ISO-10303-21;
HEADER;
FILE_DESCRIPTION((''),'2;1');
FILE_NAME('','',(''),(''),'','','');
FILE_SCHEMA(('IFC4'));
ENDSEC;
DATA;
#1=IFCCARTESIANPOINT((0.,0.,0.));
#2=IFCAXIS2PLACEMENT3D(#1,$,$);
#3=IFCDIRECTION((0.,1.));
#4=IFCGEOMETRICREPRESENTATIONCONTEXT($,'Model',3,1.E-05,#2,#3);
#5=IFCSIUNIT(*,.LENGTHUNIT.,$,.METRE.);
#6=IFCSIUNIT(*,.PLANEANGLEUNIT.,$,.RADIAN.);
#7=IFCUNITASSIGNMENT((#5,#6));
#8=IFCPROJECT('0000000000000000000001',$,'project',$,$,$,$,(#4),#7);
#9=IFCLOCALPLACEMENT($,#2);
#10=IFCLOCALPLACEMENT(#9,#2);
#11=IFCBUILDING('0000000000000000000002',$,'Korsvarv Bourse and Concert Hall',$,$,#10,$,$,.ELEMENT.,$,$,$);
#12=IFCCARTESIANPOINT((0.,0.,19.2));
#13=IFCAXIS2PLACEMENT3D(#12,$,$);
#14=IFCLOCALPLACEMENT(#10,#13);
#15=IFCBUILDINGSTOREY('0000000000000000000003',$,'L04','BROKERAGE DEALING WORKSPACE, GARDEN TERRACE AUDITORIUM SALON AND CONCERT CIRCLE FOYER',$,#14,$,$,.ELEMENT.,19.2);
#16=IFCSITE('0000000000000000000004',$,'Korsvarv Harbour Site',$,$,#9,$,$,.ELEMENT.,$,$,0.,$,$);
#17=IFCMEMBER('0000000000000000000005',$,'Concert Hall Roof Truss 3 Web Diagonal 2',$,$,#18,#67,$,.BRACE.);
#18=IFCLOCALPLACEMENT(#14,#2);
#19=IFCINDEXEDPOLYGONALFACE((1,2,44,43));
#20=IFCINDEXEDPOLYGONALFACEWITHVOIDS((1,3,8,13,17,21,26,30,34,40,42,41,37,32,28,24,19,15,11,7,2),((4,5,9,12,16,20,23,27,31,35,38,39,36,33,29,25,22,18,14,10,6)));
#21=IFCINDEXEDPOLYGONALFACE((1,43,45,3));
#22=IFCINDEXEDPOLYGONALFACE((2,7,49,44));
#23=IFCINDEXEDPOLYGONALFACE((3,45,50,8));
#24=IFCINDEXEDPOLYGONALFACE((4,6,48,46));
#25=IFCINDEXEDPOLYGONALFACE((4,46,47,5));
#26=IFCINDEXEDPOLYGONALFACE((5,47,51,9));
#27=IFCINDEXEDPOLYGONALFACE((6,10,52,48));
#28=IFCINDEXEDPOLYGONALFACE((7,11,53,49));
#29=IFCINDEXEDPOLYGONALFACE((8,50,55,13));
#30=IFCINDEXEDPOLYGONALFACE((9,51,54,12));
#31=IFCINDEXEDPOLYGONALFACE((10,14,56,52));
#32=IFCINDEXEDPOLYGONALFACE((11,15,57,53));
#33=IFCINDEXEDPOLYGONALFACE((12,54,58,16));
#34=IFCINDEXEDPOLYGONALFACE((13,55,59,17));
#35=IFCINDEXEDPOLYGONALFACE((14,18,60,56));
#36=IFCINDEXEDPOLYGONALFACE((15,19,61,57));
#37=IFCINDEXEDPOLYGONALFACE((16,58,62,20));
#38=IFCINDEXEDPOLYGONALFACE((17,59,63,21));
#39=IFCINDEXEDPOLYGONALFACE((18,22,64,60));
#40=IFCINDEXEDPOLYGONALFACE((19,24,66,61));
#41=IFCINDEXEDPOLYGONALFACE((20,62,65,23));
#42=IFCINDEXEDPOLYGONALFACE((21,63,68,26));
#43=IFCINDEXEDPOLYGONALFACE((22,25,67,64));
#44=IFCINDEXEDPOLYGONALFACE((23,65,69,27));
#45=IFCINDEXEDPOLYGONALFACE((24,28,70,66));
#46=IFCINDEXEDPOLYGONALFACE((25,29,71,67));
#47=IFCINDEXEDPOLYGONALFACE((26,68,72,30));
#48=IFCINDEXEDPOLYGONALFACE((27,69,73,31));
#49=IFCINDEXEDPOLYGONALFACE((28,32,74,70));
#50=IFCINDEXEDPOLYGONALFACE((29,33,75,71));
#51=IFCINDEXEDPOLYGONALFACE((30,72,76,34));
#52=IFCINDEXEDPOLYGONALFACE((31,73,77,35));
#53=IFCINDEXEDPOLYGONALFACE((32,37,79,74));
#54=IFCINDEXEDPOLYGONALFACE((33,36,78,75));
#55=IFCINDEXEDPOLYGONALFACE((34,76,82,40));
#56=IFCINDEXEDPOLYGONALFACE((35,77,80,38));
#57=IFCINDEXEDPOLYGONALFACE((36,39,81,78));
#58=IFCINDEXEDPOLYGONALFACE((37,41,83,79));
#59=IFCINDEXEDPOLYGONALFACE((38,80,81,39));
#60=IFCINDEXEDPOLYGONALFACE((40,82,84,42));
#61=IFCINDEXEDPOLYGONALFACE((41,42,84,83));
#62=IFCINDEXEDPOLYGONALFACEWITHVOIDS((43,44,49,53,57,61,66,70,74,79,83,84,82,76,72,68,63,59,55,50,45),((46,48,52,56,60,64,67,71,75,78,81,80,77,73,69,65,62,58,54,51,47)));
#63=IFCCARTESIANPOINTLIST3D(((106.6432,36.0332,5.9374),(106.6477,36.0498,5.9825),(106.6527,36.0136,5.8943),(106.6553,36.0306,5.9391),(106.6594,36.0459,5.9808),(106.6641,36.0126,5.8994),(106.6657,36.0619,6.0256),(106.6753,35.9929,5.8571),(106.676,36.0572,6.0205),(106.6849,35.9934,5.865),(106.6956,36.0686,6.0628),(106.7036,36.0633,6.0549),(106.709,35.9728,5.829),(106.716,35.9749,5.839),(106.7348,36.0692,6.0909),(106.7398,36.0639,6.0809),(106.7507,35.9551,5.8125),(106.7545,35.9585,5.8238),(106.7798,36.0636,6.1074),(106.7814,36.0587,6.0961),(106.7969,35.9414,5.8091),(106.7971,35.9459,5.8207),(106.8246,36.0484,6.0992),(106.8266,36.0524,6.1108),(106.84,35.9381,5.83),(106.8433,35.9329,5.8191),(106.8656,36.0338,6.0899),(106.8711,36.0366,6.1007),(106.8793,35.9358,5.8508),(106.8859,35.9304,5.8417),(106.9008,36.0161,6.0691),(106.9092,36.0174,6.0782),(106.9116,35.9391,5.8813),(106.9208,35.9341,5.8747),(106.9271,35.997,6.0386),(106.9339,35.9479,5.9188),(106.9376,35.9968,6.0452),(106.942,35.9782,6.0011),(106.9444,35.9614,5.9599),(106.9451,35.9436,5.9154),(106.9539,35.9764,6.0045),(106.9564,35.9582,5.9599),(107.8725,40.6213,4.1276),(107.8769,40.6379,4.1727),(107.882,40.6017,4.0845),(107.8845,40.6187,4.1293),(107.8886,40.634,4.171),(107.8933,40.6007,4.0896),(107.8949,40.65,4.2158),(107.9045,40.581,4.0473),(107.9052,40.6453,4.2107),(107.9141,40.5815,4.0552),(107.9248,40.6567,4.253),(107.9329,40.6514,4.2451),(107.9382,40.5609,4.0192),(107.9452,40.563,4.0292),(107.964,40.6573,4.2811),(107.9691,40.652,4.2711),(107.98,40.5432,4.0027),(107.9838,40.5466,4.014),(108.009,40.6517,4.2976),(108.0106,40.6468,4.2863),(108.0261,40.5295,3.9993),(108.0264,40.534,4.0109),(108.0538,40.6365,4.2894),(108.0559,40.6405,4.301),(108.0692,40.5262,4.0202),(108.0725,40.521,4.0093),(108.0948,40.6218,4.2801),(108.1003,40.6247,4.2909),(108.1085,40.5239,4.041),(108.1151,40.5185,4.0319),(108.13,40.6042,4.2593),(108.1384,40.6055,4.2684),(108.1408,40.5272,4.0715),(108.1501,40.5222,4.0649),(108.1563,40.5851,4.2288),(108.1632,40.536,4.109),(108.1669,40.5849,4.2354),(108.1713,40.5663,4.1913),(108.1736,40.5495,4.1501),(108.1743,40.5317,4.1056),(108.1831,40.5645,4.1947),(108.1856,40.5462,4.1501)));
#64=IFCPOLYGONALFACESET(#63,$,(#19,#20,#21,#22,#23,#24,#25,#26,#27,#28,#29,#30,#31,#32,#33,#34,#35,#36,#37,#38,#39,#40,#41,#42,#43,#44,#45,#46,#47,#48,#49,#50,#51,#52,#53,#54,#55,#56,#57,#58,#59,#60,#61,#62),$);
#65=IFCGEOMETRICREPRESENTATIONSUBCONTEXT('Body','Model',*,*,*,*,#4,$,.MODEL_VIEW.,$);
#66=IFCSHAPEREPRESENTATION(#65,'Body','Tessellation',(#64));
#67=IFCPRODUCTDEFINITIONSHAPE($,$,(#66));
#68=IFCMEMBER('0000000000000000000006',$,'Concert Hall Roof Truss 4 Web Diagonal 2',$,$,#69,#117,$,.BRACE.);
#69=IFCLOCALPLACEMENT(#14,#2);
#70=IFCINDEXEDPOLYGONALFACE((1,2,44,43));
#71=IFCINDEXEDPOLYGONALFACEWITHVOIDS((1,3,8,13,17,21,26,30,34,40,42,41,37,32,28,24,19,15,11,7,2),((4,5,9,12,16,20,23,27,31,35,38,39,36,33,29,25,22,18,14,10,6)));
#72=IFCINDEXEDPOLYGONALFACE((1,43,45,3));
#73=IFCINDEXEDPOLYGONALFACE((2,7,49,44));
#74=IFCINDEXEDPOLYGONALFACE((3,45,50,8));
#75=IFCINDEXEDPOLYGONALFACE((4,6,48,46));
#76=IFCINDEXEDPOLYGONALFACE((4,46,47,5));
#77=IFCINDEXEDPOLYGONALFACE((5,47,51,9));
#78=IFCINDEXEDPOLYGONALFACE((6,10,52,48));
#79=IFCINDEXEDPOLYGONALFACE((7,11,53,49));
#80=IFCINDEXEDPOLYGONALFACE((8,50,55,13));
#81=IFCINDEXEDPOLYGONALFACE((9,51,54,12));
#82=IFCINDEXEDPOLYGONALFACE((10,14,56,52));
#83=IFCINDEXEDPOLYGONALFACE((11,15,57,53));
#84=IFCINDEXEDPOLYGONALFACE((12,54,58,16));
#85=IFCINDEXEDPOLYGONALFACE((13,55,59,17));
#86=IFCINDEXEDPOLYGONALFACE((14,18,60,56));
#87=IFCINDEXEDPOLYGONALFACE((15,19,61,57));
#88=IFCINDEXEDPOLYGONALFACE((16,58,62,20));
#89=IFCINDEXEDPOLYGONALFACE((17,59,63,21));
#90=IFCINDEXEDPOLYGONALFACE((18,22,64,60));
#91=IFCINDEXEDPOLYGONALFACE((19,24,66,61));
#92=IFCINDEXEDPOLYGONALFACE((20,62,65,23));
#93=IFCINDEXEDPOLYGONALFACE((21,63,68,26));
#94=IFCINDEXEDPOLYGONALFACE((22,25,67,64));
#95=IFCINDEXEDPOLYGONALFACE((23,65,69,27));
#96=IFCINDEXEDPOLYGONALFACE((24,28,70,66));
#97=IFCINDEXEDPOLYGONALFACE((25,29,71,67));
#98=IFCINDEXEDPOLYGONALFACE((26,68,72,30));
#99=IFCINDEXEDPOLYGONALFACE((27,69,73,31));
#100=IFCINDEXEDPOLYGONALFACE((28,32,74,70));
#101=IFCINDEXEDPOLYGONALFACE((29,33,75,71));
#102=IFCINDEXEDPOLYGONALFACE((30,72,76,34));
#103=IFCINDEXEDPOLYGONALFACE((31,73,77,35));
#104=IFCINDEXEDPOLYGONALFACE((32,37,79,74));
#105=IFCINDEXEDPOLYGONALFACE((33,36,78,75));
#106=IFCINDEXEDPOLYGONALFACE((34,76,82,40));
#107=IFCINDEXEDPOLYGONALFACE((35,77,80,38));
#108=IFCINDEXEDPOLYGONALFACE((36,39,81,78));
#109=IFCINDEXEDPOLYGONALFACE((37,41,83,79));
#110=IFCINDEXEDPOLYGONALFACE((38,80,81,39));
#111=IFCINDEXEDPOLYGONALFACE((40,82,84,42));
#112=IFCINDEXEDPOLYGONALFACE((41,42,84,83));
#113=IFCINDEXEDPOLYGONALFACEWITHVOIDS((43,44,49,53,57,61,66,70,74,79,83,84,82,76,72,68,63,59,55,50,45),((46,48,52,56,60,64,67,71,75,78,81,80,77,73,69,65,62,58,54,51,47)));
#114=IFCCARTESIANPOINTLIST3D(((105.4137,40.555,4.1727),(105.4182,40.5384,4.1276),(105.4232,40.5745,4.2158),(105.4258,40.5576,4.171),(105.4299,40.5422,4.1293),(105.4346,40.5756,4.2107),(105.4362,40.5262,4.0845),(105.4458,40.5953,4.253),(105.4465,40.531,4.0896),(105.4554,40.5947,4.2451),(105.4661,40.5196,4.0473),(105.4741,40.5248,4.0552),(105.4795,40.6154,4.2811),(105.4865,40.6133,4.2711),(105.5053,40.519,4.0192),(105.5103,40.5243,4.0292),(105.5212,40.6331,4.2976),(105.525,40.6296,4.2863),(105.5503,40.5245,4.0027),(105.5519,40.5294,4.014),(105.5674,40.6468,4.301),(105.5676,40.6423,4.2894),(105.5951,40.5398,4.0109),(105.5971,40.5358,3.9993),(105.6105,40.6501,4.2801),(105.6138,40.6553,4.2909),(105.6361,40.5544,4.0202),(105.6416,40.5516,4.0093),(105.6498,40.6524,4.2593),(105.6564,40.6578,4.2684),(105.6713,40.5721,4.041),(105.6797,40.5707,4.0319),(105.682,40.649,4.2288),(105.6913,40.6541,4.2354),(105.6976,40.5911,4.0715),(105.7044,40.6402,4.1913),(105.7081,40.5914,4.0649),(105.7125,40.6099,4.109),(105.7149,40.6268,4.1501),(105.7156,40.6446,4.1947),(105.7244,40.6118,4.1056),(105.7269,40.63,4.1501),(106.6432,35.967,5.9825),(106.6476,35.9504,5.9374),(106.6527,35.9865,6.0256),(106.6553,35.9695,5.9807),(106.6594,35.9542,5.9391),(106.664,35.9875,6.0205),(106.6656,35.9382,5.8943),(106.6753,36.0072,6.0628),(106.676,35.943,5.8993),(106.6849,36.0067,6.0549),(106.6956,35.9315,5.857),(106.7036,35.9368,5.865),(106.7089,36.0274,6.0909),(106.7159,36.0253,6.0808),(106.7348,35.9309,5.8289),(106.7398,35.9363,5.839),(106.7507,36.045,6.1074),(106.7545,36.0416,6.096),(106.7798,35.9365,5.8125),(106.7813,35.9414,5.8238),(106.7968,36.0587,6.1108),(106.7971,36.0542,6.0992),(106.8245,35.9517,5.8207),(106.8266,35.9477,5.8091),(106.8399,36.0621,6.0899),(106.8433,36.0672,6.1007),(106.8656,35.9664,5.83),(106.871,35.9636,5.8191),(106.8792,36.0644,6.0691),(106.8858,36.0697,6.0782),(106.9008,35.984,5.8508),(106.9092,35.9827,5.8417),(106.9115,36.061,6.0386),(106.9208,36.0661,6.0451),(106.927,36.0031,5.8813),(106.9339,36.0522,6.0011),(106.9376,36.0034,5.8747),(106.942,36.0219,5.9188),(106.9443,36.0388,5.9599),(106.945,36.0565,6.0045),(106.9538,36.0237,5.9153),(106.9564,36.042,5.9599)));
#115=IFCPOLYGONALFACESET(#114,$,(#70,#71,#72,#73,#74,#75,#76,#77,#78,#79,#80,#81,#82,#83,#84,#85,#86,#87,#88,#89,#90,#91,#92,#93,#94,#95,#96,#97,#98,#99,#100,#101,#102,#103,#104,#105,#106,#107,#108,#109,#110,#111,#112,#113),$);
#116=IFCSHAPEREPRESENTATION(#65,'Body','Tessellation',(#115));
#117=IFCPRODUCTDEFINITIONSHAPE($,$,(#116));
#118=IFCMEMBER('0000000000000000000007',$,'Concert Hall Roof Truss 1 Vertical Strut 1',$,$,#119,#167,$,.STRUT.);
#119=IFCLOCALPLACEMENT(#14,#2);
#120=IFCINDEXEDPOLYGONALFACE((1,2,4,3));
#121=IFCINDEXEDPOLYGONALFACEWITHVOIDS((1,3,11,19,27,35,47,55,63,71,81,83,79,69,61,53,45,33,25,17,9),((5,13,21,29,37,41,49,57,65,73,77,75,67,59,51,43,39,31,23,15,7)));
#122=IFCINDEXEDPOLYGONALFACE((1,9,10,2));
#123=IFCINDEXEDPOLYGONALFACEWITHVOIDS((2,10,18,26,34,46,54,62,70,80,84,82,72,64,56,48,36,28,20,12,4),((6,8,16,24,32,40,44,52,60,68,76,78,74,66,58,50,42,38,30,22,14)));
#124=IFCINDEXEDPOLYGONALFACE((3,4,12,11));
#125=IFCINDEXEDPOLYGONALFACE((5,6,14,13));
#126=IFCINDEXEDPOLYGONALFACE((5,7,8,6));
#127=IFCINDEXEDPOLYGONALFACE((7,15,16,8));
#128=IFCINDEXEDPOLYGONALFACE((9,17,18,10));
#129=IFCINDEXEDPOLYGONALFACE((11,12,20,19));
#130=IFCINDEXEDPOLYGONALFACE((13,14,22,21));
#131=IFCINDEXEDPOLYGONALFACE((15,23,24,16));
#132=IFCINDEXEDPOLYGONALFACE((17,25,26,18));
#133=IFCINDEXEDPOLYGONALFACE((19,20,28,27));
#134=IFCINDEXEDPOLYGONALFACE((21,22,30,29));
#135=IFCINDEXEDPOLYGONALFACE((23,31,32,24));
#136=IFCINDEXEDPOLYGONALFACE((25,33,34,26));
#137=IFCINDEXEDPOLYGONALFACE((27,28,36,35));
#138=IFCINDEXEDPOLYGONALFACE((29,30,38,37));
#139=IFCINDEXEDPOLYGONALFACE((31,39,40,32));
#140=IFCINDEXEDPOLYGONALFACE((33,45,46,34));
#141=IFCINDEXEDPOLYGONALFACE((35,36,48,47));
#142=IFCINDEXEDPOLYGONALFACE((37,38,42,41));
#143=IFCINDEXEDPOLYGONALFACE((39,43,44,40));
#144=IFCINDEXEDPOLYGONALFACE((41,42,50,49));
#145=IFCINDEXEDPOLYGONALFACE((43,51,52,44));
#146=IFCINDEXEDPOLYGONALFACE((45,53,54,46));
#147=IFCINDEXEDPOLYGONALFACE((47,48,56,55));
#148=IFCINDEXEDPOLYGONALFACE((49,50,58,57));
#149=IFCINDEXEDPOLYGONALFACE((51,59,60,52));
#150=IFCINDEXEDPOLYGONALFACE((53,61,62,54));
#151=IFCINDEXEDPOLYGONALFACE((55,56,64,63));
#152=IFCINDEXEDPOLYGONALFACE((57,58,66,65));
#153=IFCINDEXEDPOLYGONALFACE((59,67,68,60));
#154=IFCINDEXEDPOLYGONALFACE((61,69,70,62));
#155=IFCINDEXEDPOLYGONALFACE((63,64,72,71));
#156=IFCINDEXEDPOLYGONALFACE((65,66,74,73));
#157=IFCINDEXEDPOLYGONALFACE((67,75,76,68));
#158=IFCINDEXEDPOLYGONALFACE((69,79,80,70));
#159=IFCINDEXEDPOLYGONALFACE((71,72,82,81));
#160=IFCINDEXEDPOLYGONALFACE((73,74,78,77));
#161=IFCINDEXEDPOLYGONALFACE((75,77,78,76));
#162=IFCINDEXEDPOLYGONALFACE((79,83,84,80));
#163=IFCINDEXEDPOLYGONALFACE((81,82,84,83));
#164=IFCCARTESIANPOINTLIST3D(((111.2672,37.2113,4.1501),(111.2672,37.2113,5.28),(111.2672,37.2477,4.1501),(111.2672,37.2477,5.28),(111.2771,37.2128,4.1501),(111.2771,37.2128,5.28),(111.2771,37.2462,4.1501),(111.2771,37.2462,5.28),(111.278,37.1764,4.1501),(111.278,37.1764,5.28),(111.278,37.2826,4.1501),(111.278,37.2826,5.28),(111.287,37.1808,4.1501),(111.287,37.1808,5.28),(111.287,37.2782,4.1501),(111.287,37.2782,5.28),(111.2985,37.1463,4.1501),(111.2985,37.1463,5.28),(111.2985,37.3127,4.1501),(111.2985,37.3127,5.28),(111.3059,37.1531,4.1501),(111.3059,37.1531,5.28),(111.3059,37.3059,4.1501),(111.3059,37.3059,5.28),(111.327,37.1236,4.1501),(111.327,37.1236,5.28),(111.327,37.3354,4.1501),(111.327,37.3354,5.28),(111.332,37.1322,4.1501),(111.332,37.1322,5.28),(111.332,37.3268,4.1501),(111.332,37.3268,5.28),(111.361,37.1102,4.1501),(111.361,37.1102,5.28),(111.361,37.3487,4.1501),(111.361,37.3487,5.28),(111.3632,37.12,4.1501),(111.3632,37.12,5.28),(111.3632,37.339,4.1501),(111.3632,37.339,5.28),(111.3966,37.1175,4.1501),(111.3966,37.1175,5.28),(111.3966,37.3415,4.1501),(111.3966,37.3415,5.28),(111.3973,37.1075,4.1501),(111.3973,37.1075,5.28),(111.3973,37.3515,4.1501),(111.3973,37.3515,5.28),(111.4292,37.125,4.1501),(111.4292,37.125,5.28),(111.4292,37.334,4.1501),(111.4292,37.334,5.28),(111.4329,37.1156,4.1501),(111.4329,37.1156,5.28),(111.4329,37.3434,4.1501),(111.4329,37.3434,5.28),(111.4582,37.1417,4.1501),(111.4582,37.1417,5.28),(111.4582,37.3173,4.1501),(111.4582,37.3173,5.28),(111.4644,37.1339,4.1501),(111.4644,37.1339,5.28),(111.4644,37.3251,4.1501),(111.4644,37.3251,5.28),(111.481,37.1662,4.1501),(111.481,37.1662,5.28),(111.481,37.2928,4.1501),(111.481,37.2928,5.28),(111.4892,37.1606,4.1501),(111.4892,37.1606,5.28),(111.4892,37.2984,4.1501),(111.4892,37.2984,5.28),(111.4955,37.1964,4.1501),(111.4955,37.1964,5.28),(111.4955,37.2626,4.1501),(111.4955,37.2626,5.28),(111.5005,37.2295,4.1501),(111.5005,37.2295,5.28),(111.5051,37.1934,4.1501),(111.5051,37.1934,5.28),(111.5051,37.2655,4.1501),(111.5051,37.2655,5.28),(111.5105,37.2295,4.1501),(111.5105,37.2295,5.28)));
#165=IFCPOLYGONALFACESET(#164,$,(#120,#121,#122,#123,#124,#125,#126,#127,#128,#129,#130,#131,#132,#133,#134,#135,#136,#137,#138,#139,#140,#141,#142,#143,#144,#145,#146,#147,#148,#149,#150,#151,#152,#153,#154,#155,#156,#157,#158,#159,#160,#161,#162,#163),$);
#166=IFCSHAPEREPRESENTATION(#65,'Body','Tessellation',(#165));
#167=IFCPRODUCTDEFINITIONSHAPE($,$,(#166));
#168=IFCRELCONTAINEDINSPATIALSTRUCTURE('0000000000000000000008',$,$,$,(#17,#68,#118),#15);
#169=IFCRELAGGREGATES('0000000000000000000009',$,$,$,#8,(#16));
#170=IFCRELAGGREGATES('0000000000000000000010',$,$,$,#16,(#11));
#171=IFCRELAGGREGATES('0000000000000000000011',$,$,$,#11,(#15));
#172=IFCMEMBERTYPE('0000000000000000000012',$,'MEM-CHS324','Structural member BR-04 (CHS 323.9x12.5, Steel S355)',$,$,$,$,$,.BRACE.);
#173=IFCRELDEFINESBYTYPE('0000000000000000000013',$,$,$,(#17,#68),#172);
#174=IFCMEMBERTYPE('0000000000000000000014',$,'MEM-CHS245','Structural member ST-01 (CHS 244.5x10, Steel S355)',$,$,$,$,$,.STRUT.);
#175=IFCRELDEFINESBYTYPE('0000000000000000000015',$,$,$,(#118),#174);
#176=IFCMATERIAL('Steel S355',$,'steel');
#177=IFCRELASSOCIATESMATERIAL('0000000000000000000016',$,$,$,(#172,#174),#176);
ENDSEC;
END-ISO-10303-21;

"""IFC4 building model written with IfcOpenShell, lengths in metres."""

from ifc_helpers import new_model, si_unit, direction, frame, origin, origin_2d, place, context, subcontext, project, spatial, hollow_circle, extrude, source, transform, mapped, material, material_profile, profile_set, type_object, element, save


model = new_model("IFC4")

# Units and contexts
model_context = context("Model", 3, precision=1e-05, world=origin(), true_north=direction((0.0, 1.0)))
body_context = subcontext(model_context, "Body", "Model", "MODEL_VIEW")
ifc_project = project(units=[si_unit("LENGTHUNIT", "METRE"), si_unit("PLANEANGLEUNIT", "RADIAN")], contexts=[model_context])

# Site, building, storey
site_placement = place(None, origin())
site = spatial("IfcSite", under=ifc_project, at=site_placement, Name="Korsvarv Harbour Site", CompositionType="ELEMENT", RefElevation=0.0)
building_placement = place(site_placement, origin())
building = spatial("IfcBuilding", under=site, at=building_placement, Name="Korsvarv Bourse and Concert Hall", CompositionType="ELEMENT")
storey_placement = place(building_placement, frame((0.0, 0.0, 19.2)))
storey = spatial("IfcBuildingStorey", under=building, at=storey_placement, Name="L04", Description="BROKERAGE DEALING WORKSPACE, GARDEN TERRACE AUDITORIUM SALON AND CONCERT CIRCLE FOYER", CompositionType="ELEMENT", Elevation=19.2)

# Shared definitions
ifc_material_1 = material(Name="Steel S355", Category="steel")

# Members
ifc_material_profile_1 = material_profile(ifc_material_1, hollow_circle(Radius=0.1619, WallThickness=0.0125, at=origin_2d()), Name="CHS 323.9x12.5")
ifc_profile_set_1 = profile_set([ifc_material_profile_1], Name="Steel S355")
member_type_1 = type_object("IfcMemberType", Name="MEM-CHS324", Description="Structural member BR-04 (CHS 323.9x12.5, Steel S355)", PredefinedType="BRACE", material=ifc_profile_set_1)
shared_shape_1 = source(origin(), body_context, "Body", "SweptSolid", [
    extrude(hollow_circle(Radius=0.1619, WallThickness=0.0125, at=origin_2d()), origin(), (0.0, 0.0, 1.0), 5.083),
])
for number, where, z_axis, x_axis, name in (
    (1, (108.0293, 40.5881, 4.1501), (-0.241832, -0.902633, 0.356048), (0.965933, -0.258792, 0.0), "Concert Hall Roof Truss 3 Web Diagonal 2"),
    (2, (105.5706, 40.5881, 4.1501), (0.241878, -0.902623, 0.356044), (0.96592, 0.25884, 0.0), "Concert Hall Roof Truss 4 Web Diagonal 2"),
):
    element("IfcMember", number, at=place(storey_placement, frame(where, z_axis=z_axis, x_axis=x_axis)), inside=storey, type_object=member_type_1, Name=name, PredefinedType="BRACE", context=body_context, shape_type="MappedRepresentation", body=[
        mapped(shared_shape_1, transform((0.0, 0.0, 0.0), scale=1.0)),
    ])
ifc_material_profile_2 = material_profile(ifc_material_1, hollow_circle(Radius=0.1223, WallThickness=0.01, at=origin_2d()), Name="CHS 244.5x10")
ifc_profile_set_2 = profile_set([ifc_material_profile_2], Name="Steel S355")
member_type_2 = type_object("IfcMemberType", Name="MEM-CHS245", Description="Structural member ST-01 (CHS 244.5x10, Steel S355)", PredefinedType="STRUT", material=ifc_profile_set_2)
shared_shape_2 = source(origin(), body_context, "Body", "SweptSolid", [
    extrude(hollow_circle(Radius=0.1223, WallThickness=0.01, at=origin_2d()), origin(), (0.0, 0.0, 1.0), 1.1299),
])
for number, where, z_axis, x_axis, name in (
    (3, (111.3882, 37.2295, 4.1501), (0.0, 0.0, 1.0), (1.0, 0.0, 0.0), "Concert Hall Roof Truss 1 Vertical Strut 1"),
):
    element("IfcMember", number, at=place(storey_placement, frame(where, z_axis=z_axis, x_axis=x_axis)), inside=storey, type_object=member_type_2, Name=name, PredefinedType="STRUT", context=body_context, shape_type="MappedRepresentation", body=[
        mapped(shared_shape_2, transform((0.0, 0.0, 0.0), scale=1.0)),
    ])

save(model, "model.ifc")
